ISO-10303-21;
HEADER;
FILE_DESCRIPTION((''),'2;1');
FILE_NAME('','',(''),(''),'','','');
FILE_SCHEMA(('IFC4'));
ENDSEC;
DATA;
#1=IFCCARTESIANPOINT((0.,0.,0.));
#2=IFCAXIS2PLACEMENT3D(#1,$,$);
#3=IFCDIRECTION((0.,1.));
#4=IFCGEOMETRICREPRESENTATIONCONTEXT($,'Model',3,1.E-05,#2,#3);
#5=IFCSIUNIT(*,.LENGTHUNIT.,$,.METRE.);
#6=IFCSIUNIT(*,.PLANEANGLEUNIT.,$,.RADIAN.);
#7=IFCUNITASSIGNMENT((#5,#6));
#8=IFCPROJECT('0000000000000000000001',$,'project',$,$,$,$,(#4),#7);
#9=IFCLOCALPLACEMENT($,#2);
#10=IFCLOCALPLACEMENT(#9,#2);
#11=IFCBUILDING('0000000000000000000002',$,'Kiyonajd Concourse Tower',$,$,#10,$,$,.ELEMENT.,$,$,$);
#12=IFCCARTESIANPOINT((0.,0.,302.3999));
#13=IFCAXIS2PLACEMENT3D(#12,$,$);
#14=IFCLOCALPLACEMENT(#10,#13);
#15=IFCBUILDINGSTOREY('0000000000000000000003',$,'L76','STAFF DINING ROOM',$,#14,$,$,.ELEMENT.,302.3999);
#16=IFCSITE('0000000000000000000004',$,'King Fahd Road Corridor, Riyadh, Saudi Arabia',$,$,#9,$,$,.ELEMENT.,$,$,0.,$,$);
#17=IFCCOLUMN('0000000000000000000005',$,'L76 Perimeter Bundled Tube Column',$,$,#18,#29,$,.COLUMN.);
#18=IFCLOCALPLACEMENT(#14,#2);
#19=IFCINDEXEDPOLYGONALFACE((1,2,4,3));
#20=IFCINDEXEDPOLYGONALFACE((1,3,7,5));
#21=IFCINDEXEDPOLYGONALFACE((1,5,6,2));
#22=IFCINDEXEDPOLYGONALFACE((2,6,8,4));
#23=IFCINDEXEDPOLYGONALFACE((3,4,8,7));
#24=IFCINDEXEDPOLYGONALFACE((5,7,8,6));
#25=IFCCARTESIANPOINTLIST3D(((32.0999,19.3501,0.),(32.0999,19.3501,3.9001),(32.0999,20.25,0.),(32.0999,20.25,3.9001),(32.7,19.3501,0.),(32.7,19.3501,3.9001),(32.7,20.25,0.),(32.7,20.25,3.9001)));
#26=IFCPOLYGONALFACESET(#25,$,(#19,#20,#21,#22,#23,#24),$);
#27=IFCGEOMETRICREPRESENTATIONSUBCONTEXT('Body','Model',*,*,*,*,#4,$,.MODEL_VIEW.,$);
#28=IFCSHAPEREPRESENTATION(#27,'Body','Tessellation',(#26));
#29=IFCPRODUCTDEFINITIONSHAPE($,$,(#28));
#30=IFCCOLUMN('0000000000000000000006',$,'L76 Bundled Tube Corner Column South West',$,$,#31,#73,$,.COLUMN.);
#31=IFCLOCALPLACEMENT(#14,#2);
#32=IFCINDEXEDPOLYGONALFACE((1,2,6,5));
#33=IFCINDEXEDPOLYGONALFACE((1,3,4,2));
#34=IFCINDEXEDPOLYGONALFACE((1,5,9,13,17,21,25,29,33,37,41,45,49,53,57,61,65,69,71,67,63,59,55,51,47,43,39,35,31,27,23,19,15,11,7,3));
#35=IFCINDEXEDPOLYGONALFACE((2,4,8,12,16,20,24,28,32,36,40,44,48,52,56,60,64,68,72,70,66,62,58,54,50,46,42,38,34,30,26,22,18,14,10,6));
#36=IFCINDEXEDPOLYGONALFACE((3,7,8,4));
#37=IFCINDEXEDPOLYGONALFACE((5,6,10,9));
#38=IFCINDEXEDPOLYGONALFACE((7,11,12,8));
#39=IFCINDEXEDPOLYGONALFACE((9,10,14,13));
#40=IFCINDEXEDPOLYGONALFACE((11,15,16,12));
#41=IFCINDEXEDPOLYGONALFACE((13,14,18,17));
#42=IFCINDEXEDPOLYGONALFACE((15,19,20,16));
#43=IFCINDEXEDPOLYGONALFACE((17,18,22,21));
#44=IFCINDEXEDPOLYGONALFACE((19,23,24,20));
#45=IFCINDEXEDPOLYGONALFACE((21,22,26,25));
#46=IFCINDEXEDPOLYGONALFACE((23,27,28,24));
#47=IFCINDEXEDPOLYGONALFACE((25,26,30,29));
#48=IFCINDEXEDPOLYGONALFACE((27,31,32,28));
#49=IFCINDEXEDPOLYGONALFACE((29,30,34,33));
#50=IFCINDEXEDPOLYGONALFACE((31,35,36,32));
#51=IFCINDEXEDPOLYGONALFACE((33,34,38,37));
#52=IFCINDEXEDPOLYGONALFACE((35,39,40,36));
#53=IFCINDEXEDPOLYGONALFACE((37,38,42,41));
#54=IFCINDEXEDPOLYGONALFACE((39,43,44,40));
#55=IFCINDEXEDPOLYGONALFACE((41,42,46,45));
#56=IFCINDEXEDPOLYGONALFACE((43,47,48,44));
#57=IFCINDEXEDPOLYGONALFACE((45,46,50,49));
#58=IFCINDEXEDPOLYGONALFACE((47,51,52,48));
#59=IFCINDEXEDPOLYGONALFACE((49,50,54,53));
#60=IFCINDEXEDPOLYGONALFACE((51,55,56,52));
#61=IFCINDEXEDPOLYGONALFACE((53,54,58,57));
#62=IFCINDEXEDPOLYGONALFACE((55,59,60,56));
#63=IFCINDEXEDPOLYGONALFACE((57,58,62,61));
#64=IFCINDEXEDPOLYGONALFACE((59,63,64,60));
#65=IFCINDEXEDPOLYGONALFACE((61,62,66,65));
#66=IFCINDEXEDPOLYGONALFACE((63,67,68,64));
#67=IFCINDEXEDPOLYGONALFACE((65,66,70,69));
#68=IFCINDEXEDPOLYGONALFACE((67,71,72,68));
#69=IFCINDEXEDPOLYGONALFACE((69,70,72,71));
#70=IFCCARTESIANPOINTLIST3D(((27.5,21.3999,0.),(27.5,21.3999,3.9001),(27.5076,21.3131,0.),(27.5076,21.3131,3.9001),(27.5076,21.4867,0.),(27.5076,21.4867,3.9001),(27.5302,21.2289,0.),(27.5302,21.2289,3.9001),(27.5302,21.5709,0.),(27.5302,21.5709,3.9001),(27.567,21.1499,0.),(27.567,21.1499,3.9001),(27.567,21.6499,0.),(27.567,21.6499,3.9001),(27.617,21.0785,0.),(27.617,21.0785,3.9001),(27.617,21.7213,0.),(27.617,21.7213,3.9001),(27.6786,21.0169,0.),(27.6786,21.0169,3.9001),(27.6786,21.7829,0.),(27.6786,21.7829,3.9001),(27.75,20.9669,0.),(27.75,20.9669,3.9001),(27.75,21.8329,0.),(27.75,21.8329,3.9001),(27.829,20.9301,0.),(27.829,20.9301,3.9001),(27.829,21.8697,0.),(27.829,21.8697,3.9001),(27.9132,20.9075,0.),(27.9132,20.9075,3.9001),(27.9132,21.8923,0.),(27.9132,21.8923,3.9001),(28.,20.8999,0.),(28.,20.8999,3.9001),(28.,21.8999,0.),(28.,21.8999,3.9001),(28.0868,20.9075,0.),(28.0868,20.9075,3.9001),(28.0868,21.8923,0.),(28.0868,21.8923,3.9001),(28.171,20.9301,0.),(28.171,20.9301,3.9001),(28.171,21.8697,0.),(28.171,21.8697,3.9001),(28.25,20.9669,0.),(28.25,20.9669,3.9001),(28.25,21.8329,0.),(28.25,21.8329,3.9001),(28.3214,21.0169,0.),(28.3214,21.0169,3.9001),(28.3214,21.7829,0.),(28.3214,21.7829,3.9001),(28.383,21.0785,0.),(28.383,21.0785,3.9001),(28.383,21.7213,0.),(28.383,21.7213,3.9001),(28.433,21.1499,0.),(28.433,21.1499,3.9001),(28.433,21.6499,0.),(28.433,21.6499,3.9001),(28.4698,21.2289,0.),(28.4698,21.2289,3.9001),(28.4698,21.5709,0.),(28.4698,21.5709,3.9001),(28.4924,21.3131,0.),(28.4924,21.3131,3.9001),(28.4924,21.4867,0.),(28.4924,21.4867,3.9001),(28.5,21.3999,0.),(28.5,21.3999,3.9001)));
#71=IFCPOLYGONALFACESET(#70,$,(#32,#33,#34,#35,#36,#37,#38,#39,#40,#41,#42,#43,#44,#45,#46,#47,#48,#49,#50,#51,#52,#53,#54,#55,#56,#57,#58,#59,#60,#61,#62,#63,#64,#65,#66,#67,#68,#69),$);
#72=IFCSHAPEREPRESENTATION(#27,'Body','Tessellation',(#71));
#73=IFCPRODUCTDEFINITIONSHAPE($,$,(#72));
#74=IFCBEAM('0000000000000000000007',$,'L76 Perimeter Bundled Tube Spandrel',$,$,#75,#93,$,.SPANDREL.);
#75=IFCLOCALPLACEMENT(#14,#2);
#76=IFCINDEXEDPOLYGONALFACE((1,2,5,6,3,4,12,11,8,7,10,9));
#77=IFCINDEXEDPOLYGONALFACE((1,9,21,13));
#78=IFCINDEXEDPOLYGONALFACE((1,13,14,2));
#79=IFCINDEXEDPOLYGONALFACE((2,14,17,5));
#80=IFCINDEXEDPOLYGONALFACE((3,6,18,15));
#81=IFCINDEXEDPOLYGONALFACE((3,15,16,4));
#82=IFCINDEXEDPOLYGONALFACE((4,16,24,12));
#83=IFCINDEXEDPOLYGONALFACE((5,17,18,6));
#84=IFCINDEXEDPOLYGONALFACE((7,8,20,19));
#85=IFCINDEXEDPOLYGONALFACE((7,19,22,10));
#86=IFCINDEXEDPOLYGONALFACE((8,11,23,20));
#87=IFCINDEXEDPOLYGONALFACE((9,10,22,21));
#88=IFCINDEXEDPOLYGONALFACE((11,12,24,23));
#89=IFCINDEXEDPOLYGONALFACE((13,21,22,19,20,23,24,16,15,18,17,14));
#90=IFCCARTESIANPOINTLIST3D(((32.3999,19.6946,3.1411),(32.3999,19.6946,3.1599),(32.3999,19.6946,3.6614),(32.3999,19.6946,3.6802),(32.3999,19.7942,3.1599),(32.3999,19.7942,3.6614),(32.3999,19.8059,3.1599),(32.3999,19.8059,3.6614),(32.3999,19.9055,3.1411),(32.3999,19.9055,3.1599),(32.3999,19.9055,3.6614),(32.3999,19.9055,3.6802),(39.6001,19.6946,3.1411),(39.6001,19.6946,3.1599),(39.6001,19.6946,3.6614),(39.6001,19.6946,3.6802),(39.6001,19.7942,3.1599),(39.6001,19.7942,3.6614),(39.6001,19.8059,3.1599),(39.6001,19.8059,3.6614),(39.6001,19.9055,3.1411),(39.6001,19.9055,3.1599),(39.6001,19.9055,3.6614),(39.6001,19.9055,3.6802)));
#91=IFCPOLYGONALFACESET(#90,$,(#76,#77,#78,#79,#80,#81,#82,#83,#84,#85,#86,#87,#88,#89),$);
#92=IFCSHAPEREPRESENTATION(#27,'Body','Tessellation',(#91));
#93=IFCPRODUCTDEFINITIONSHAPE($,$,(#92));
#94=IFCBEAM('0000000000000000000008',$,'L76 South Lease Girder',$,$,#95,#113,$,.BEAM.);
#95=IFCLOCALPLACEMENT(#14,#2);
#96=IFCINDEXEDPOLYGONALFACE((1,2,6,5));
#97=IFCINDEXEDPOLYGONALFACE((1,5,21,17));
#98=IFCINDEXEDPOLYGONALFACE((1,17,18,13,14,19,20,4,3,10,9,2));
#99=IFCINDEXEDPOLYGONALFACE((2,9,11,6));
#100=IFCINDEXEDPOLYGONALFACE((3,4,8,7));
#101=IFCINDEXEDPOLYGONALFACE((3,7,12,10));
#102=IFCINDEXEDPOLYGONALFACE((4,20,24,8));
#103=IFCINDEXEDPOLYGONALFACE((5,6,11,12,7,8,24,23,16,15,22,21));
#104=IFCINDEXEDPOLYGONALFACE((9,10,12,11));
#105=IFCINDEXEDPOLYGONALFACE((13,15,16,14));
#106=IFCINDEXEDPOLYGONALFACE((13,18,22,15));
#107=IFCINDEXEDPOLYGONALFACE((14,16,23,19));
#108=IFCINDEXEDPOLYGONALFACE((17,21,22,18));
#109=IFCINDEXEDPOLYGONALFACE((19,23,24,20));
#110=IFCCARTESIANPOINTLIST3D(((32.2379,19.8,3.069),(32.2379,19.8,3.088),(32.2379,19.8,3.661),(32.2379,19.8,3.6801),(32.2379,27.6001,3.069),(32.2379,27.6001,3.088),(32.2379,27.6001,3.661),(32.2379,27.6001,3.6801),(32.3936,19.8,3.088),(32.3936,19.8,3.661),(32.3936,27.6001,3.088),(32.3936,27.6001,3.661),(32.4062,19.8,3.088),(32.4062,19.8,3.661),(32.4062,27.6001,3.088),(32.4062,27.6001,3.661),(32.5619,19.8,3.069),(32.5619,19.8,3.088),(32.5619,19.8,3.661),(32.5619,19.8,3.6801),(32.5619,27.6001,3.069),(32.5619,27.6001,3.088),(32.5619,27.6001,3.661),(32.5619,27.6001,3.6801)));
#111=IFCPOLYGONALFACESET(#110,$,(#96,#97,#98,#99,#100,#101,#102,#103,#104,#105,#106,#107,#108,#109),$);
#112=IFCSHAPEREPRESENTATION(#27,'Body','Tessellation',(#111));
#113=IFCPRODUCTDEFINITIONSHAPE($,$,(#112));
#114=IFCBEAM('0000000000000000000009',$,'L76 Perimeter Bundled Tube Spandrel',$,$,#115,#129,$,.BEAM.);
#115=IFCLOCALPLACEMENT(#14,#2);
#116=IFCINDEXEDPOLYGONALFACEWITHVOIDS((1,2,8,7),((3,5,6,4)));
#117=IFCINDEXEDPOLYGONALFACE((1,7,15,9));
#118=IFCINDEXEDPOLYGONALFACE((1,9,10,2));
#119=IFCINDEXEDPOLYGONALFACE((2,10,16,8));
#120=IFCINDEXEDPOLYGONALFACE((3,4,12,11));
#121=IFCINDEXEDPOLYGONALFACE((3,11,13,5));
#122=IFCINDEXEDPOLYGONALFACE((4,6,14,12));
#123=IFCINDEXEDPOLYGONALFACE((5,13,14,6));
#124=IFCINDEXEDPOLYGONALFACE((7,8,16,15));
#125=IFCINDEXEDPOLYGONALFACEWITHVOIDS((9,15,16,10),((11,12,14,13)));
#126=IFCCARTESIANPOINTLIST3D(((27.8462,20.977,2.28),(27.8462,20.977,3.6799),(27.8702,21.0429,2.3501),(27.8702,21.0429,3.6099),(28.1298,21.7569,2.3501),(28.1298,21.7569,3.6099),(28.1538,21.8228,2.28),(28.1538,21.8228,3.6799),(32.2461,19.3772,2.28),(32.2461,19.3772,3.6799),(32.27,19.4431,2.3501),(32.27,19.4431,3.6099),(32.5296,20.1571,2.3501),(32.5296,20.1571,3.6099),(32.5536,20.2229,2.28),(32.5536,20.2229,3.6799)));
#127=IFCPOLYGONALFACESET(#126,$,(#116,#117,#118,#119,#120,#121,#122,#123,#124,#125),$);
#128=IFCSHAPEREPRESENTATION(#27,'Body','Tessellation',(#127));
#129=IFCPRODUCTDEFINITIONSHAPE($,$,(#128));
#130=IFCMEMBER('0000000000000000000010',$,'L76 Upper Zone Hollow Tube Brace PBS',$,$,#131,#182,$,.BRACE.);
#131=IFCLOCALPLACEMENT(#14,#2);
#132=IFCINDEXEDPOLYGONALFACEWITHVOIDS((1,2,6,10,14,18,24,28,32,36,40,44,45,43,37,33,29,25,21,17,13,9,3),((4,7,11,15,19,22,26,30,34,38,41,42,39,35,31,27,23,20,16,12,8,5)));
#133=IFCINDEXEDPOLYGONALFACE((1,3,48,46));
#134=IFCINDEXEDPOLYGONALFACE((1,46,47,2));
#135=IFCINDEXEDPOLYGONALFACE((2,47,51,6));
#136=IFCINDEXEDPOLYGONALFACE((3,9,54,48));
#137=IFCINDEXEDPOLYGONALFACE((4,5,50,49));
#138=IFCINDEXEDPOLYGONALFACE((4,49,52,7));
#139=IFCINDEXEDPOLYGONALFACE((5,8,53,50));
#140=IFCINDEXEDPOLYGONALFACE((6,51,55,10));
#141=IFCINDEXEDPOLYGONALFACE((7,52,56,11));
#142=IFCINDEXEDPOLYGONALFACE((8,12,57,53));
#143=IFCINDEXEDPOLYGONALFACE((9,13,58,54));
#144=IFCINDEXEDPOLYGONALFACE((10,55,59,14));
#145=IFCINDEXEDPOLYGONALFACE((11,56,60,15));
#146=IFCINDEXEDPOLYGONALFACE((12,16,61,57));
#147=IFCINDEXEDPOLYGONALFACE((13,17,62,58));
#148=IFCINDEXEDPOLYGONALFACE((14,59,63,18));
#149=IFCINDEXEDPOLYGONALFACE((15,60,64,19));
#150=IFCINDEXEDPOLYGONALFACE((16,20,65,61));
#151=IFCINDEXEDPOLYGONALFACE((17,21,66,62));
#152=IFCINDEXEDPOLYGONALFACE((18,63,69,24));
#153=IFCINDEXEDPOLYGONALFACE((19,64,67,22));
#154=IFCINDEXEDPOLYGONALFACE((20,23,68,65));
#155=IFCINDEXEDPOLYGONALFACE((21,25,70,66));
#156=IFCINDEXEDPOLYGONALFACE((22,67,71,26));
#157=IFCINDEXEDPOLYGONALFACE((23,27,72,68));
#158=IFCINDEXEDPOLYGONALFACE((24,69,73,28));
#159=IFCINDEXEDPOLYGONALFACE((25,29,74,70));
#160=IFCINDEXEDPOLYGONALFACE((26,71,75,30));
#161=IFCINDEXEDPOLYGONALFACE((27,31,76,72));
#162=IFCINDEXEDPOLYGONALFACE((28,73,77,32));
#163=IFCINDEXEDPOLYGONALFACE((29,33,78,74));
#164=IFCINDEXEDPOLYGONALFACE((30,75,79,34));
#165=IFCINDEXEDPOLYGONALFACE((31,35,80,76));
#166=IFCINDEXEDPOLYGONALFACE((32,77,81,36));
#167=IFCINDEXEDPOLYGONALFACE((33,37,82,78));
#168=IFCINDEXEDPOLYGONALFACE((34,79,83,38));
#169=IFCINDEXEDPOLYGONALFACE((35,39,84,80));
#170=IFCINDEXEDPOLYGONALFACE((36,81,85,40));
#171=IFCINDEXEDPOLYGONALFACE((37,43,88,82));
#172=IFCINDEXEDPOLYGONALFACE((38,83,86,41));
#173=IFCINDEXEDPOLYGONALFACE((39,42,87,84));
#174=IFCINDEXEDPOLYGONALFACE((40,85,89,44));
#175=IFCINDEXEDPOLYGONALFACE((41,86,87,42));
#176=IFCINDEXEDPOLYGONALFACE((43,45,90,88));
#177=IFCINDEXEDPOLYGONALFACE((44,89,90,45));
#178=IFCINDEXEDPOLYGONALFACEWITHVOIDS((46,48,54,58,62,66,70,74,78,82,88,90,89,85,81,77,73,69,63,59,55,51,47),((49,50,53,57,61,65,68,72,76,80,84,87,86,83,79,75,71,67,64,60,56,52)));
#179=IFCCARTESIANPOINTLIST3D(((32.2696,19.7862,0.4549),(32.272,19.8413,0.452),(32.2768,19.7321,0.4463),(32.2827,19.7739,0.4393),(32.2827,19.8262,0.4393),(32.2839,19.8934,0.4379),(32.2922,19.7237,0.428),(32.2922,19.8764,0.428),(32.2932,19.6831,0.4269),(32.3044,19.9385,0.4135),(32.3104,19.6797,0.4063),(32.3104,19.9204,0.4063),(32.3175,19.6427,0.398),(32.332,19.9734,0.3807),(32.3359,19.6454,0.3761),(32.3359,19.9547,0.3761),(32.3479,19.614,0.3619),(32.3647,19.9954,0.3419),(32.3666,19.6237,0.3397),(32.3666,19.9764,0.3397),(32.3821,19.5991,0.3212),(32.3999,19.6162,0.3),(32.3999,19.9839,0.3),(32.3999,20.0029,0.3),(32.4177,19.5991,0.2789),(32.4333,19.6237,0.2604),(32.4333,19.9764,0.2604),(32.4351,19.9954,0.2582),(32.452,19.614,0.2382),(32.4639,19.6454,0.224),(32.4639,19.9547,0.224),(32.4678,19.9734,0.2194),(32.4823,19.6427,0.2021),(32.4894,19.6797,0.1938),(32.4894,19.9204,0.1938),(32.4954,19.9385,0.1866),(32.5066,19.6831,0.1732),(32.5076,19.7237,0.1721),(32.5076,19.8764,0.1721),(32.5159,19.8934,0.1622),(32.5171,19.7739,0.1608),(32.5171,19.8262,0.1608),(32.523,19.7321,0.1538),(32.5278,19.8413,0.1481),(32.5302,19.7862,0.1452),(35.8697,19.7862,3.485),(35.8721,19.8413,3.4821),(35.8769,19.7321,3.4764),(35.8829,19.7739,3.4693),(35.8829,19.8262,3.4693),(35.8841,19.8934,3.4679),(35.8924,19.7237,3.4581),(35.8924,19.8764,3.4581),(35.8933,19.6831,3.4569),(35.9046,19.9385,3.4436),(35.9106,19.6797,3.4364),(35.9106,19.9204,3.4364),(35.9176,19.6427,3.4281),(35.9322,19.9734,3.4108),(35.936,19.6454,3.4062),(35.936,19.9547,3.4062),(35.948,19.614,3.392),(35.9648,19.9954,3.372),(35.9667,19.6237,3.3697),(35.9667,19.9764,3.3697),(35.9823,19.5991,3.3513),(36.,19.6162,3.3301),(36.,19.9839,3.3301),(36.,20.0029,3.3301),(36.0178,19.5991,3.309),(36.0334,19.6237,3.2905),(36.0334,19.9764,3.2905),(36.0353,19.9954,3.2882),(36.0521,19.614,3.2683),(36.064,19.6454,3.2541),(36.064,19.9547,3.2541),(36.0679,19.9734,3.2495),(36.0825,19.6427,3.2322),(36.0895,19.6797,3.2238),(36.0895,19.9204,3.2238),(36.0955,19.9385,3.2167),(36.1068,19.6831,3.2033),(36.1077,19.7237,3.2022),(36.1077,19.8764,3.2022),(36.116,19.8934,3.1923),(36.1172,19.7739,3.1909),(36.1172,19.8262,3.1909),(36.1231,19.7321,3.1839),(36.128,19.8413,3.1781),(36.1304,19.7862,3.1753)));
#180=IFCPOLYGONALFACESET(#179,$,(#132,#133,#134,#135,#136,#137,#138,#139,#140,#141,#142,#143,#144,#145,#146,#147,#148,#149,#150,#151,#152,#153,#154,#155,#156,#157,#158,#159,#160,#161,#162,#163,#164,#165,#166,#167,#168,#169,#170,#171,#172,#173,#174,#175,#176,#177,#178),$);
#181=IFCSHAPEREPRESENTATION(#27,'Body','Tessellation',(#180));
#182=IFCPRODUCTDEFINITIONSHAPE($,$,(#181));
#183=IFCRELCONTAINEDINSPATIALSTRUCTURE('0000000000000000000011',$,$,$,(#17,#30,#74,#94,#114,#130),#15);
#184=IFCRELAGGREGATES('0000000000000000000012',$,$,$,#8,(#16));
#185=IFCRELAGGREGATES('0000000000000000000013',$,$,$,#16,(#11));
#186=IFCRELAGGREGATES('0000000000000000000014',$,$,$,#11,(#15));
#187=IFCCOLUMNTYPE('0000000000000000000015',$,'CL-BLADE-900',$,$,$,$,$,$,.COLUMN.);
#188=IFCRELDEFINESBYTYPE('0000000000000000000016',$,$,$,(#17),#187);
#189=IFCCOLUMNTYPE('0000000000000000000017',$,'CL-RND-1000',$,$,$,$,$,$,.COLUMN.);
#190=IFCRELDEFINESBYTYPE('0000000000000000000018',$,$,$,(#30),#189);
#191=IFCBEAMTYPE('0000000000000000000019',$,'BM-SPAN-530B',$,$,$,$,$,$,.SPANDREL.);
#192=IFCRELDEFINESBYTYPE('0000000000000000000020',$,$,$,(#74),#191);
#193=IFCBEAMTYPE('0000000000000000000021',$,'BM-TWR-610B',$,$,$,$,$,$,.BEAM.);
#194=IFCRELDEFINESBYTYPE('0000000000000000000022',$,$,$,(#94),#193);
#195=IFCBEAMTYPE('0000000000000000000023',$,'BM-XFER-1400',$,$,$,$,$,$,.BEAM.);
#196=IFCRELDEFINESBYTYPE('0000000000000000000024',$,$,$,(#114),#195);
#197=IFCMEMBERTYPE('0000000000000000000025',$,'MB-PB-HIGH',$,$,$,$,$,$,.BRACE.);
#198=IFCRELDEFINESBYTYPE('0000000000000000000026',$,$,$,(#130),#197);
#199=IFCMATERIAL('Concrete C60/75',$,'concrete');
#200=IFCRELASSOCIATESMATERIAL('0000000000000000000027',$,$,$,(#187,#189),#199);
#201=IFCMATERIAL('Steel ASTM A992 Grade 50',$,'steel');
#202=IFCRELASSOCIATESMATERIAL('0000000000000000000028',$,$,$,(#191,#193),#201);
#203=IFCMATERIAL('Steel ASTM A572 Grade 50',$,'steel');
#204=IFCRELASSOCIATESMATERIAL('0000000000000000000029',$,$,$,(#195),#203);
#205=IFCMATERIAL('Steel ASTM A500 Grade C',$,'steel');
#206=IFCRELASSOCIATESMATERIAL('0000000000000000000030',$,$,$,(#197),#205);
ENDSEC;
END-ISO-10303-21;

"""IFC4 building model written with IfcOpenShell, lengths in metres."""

from ifc_helpers import new_model, si_unit, direction, frame, origin, origin_2d, place, context, subcontext, project, spatial, rectangle, hollow_rectangle, circle, hollow_circle, i_section, extrude, material, material_profile, profile_set, type_object, element, save


model = new_model("IFC4")

# Units and contexts
model_context = context("Model", 3, precision=1e-05, world=origin(), true_north=direction((0.0, 1.0)))
body_context = subcontext(model_context, "Body", "Model", "MODEL_VIEW")
ifc_project = project(units=[si_unit("LENGTHUNIT", "METRE"), si_unit("PLANEANGLEUNIT", "RADIAN")], contexts=[model_context])

# Site, building, storey
site_placement = place(None, origin())
site = spatial("IfcSite", under=ifc_project, at=site_placement, Name="King Fahd Road Corridor, Riyadh, Saudi Arabia", CompositionType="ELEMENT", RefElevation=0.0)
building_placement = place(site_placement, origin())
building = spatial("IfcBuilding", under=site, at=building_placement, Name="Kiyonajd Concourse Tower", CompositionType="ELEMENT")
storey_placement = place(building_placement, frame((0.0, 0.0, 302.3999)))
storey = spatial("IfcBuildingStorey", under=building, at=storey_placement, Name="L76", Description="STAFF DINING ROOM", CompositionType="ELEMENT", Elevation=302.3999)

# Columns
ifc_material_1 = material(Name="Concrete C60/75", Category="concrete")
ifc_material_profile_1 = material_profile(ifc_material_1, rectangle(XDim=0.6001, YDim=0.8999, at=origin_2d()), Name="RC-900x600")
ifc_profile_set_1 = profile_set([ifc_material_profile_1], Name="Concrete C60/75")
column_type_1 = type_object("IfcColumnType", Name="CL-BLADE-900", PredefinedType="COLUMN", material=ifc_profile_set_1)
column_1_placement = place(storey_placement, frame((32.3999, 19.8, 0.0), z_axis=(0.0, 0.0, 1.0), x_axis=(1.0, 0.0, 0.0)))
element("IfcColumn", 1, at=column_1_placement, inside=storey, type_object=column_type_1, Name="L76 Perimeter Bundled Tube Column", PredefinedType="COLUMN", context=body_context, shape_type="SweptSolid", body=[
    extrude(rectangle(XDim=0.6001, YDim=0.8999, at=origin_2d()), origin(), (0.0, 0.0, 1.0), 3.9001),
])
ifc_material_profile_2 = material_profile(ifc_material_1, circle(Radius=0.5, at=origin_2d()), Name="RCC-D1000")
ifc_profile_set_2 = profile_set([ifc_material_profile_2], Name="Concrete C60/75")
column_type_2 = type_object("IfcColumnType", Name="CL-RND-1000", PredefinedType="COLUMN", material=ifc_profile_set_2)
column_2_placement = place(storey_placement, frame((28.0, 21.3999, 0.0), z_axis=(0.0, 0.0, 1.0), x_axis=(1.0, 0.0, 0.0)))
element("IfcColumn", 2, at=column_2_placement, inside=storey, type_object=column_type_2, Name="L76 Bundled Tube Corner Column South West", PredefinedType="COLUMN", context=body_context, shape_type="SweptSolid", body=[
    extrude(circle(Radius=0.5, at=origin_2d()), origin(), (0.0, 0.0, 1.0), 3.9001),
])

# Beams
ifc_material_2 = material(Name="Steel ASTM A992 Grade 50", Category="steel")
ifc_material_profile_3 = material_profile(ifc_material_2, i_section(OverallWidth=0.2109, OverallDepth=0.5391, WebThickness=0.0117, FlangeThickness=0.0188, at=origin_2d()), Name="W530X109")
ifc_profile_set_3 = profile_set([ifc_material_profile_3], Name="Steel ASTM A992 Grade 50")
beam_type_1 = type_object("IfcBeamType", Name="BM-SPAN-530B", PredefinedType="SPANDREL", material=ifc_profile_set_3)
beam_1_placement = place(storey_placement, frame((32.3999, 19.8, 3.4106), z_axis=(1.0, 0.0, 0.0), x_axis=(0.0, 1.0, 0.0)))
element("IfcBeam", 3, at=beam_1_placement, inside=storey, type_object=beam_type_1, Name="L76 Perimeter Bundled Tube Spandrel", PredefinedType="SPANDREL", context=body_context, shape_type="SweptSolid", body=[
    extrude(i_section(OverallWidth=0.2109, OverallDepth=0.5391, WebThickness=0.0117, FlangeThickness=0.0188, at=origin_2d()), origin(), (0.0, 0.0, 1.0), 7.2002),
])
ifc_material_profile_4 = material_profile(ifc_material_2, i_section(OverallWidth=0.324, OverallDepth=0.6111, WebThickness=0.0127, FlangeThickness=0.019, at=origin_2d()), Name="W610X155")
ifc_profile_set_4 = profile_set([ifc_material_profile_4], Name="Steel ASTM A992 Grade 50")
beam_type_2 = type_object("IfcBeamType", Name="BM-TWR-610B", PredefinedType="BEAM", material=ifc_profile_set_4)
beam_2_placement = place(storey_placement, frame((32.3999, 19.8, 3.3745), z_axis=(0.0, 1.0, 0.0), x_axis=(-1.0, 0.0, 0.0)))
element("IfcBeam", 4, at=beam_2_placement, inside=storey, type_object=beam_type_2, Name="L76 South Lease Girder", PredefinedType="BEAM", context=body_context, shape_type="SweptSolid", body=[
    extrude(i_section(OverallWidth=0.324, OverallDepth=0.6111, WebThickness=0.0127, FlangeThickness=0.019, at=origin_2d()), origin(), (0.0, 0.0, 1.0), 7.8),
])
ifc_material_3 = material(Name="Steel ASTM A572 Grade 50", Category="steel")
ifc_material_profile_5 = material_profile(ifc_material_3, hollow_rectangle(XDim=0.8999, YDim=1.3999, WallThickness=0.0701, at=origin_2d()), Name="BOX-1400x900x70")
ifc_profile_set_5 = profile_set([ifc_material_profile_5], Name="Steel ASTM A572 Grade 50")
beam_type_3 = type_object("IfcBeamType", Name="BM-XFER-1400", PredefinedType="BEAM", material=ifc_profile_set_5)
beam_3_placement = place(storey_placement, frame((28.0, 21.3999, 2.98), z_axis=(0.939801, -0.341722, 0.0), x_axis=(0.341722, 0.939801, 0.0)))
element("IfcBeam", 5, at=beam_3_placement, inside=storey, type_object=beam_type_3, Name="L76 Perimeter Bundled Tube Spandrel", PredefinedType="BEAM", context=body_context, shape_type="SweptSolid", body=[
    extrude(hollow_rectangle(XDim=0.8999, YDim=1.3999, WallThickness=0.0701, at=origin_2d()), origin(), (0.0, 0.0, 1.0), 4.6816),
])

# Member
ifc_material_4 = material(Name="Steel ASTM A500 Grade C", Category="steel")
ifc_material_profile_6 = material_profile(ifc_material_4, hollow_circle(Radius=0.2029, WallThickness=0.019, at=origin_2d()), Name="CHS-406x19")
ifc_profile_set_6 = profile_set([ifc_material_profile_6], Name="Steel ASTM A500 Grade C")
member_type = type_object("IfcMemberType", Name="MB-PB-HIGH", PredefinedType="BRACE", material=ifc_profile_set_6)
member_placement = place(storey_placement, frame((32.3999, 19.8, 0.3), z_axis=(0.765082, 0.0, 0.643933), x_axis=(0.0, 1.0, 0.0)))
element("IfcMember", 6, at=member_placement, inside=storey, type_object=member_type, Name="L76 Upper Zone Hollow Tube Brace PBS", PredefinedType="BRACE", context=body_context, shape_type="SweptSolid", body=[
    extrude(hollow_circle(Radius=0.2029, WallThickness=0.019, at=origin_2d()), origin(), (0.0, 0.0, 1.0), 4.7056),
])

save(model, "model.ifc")
